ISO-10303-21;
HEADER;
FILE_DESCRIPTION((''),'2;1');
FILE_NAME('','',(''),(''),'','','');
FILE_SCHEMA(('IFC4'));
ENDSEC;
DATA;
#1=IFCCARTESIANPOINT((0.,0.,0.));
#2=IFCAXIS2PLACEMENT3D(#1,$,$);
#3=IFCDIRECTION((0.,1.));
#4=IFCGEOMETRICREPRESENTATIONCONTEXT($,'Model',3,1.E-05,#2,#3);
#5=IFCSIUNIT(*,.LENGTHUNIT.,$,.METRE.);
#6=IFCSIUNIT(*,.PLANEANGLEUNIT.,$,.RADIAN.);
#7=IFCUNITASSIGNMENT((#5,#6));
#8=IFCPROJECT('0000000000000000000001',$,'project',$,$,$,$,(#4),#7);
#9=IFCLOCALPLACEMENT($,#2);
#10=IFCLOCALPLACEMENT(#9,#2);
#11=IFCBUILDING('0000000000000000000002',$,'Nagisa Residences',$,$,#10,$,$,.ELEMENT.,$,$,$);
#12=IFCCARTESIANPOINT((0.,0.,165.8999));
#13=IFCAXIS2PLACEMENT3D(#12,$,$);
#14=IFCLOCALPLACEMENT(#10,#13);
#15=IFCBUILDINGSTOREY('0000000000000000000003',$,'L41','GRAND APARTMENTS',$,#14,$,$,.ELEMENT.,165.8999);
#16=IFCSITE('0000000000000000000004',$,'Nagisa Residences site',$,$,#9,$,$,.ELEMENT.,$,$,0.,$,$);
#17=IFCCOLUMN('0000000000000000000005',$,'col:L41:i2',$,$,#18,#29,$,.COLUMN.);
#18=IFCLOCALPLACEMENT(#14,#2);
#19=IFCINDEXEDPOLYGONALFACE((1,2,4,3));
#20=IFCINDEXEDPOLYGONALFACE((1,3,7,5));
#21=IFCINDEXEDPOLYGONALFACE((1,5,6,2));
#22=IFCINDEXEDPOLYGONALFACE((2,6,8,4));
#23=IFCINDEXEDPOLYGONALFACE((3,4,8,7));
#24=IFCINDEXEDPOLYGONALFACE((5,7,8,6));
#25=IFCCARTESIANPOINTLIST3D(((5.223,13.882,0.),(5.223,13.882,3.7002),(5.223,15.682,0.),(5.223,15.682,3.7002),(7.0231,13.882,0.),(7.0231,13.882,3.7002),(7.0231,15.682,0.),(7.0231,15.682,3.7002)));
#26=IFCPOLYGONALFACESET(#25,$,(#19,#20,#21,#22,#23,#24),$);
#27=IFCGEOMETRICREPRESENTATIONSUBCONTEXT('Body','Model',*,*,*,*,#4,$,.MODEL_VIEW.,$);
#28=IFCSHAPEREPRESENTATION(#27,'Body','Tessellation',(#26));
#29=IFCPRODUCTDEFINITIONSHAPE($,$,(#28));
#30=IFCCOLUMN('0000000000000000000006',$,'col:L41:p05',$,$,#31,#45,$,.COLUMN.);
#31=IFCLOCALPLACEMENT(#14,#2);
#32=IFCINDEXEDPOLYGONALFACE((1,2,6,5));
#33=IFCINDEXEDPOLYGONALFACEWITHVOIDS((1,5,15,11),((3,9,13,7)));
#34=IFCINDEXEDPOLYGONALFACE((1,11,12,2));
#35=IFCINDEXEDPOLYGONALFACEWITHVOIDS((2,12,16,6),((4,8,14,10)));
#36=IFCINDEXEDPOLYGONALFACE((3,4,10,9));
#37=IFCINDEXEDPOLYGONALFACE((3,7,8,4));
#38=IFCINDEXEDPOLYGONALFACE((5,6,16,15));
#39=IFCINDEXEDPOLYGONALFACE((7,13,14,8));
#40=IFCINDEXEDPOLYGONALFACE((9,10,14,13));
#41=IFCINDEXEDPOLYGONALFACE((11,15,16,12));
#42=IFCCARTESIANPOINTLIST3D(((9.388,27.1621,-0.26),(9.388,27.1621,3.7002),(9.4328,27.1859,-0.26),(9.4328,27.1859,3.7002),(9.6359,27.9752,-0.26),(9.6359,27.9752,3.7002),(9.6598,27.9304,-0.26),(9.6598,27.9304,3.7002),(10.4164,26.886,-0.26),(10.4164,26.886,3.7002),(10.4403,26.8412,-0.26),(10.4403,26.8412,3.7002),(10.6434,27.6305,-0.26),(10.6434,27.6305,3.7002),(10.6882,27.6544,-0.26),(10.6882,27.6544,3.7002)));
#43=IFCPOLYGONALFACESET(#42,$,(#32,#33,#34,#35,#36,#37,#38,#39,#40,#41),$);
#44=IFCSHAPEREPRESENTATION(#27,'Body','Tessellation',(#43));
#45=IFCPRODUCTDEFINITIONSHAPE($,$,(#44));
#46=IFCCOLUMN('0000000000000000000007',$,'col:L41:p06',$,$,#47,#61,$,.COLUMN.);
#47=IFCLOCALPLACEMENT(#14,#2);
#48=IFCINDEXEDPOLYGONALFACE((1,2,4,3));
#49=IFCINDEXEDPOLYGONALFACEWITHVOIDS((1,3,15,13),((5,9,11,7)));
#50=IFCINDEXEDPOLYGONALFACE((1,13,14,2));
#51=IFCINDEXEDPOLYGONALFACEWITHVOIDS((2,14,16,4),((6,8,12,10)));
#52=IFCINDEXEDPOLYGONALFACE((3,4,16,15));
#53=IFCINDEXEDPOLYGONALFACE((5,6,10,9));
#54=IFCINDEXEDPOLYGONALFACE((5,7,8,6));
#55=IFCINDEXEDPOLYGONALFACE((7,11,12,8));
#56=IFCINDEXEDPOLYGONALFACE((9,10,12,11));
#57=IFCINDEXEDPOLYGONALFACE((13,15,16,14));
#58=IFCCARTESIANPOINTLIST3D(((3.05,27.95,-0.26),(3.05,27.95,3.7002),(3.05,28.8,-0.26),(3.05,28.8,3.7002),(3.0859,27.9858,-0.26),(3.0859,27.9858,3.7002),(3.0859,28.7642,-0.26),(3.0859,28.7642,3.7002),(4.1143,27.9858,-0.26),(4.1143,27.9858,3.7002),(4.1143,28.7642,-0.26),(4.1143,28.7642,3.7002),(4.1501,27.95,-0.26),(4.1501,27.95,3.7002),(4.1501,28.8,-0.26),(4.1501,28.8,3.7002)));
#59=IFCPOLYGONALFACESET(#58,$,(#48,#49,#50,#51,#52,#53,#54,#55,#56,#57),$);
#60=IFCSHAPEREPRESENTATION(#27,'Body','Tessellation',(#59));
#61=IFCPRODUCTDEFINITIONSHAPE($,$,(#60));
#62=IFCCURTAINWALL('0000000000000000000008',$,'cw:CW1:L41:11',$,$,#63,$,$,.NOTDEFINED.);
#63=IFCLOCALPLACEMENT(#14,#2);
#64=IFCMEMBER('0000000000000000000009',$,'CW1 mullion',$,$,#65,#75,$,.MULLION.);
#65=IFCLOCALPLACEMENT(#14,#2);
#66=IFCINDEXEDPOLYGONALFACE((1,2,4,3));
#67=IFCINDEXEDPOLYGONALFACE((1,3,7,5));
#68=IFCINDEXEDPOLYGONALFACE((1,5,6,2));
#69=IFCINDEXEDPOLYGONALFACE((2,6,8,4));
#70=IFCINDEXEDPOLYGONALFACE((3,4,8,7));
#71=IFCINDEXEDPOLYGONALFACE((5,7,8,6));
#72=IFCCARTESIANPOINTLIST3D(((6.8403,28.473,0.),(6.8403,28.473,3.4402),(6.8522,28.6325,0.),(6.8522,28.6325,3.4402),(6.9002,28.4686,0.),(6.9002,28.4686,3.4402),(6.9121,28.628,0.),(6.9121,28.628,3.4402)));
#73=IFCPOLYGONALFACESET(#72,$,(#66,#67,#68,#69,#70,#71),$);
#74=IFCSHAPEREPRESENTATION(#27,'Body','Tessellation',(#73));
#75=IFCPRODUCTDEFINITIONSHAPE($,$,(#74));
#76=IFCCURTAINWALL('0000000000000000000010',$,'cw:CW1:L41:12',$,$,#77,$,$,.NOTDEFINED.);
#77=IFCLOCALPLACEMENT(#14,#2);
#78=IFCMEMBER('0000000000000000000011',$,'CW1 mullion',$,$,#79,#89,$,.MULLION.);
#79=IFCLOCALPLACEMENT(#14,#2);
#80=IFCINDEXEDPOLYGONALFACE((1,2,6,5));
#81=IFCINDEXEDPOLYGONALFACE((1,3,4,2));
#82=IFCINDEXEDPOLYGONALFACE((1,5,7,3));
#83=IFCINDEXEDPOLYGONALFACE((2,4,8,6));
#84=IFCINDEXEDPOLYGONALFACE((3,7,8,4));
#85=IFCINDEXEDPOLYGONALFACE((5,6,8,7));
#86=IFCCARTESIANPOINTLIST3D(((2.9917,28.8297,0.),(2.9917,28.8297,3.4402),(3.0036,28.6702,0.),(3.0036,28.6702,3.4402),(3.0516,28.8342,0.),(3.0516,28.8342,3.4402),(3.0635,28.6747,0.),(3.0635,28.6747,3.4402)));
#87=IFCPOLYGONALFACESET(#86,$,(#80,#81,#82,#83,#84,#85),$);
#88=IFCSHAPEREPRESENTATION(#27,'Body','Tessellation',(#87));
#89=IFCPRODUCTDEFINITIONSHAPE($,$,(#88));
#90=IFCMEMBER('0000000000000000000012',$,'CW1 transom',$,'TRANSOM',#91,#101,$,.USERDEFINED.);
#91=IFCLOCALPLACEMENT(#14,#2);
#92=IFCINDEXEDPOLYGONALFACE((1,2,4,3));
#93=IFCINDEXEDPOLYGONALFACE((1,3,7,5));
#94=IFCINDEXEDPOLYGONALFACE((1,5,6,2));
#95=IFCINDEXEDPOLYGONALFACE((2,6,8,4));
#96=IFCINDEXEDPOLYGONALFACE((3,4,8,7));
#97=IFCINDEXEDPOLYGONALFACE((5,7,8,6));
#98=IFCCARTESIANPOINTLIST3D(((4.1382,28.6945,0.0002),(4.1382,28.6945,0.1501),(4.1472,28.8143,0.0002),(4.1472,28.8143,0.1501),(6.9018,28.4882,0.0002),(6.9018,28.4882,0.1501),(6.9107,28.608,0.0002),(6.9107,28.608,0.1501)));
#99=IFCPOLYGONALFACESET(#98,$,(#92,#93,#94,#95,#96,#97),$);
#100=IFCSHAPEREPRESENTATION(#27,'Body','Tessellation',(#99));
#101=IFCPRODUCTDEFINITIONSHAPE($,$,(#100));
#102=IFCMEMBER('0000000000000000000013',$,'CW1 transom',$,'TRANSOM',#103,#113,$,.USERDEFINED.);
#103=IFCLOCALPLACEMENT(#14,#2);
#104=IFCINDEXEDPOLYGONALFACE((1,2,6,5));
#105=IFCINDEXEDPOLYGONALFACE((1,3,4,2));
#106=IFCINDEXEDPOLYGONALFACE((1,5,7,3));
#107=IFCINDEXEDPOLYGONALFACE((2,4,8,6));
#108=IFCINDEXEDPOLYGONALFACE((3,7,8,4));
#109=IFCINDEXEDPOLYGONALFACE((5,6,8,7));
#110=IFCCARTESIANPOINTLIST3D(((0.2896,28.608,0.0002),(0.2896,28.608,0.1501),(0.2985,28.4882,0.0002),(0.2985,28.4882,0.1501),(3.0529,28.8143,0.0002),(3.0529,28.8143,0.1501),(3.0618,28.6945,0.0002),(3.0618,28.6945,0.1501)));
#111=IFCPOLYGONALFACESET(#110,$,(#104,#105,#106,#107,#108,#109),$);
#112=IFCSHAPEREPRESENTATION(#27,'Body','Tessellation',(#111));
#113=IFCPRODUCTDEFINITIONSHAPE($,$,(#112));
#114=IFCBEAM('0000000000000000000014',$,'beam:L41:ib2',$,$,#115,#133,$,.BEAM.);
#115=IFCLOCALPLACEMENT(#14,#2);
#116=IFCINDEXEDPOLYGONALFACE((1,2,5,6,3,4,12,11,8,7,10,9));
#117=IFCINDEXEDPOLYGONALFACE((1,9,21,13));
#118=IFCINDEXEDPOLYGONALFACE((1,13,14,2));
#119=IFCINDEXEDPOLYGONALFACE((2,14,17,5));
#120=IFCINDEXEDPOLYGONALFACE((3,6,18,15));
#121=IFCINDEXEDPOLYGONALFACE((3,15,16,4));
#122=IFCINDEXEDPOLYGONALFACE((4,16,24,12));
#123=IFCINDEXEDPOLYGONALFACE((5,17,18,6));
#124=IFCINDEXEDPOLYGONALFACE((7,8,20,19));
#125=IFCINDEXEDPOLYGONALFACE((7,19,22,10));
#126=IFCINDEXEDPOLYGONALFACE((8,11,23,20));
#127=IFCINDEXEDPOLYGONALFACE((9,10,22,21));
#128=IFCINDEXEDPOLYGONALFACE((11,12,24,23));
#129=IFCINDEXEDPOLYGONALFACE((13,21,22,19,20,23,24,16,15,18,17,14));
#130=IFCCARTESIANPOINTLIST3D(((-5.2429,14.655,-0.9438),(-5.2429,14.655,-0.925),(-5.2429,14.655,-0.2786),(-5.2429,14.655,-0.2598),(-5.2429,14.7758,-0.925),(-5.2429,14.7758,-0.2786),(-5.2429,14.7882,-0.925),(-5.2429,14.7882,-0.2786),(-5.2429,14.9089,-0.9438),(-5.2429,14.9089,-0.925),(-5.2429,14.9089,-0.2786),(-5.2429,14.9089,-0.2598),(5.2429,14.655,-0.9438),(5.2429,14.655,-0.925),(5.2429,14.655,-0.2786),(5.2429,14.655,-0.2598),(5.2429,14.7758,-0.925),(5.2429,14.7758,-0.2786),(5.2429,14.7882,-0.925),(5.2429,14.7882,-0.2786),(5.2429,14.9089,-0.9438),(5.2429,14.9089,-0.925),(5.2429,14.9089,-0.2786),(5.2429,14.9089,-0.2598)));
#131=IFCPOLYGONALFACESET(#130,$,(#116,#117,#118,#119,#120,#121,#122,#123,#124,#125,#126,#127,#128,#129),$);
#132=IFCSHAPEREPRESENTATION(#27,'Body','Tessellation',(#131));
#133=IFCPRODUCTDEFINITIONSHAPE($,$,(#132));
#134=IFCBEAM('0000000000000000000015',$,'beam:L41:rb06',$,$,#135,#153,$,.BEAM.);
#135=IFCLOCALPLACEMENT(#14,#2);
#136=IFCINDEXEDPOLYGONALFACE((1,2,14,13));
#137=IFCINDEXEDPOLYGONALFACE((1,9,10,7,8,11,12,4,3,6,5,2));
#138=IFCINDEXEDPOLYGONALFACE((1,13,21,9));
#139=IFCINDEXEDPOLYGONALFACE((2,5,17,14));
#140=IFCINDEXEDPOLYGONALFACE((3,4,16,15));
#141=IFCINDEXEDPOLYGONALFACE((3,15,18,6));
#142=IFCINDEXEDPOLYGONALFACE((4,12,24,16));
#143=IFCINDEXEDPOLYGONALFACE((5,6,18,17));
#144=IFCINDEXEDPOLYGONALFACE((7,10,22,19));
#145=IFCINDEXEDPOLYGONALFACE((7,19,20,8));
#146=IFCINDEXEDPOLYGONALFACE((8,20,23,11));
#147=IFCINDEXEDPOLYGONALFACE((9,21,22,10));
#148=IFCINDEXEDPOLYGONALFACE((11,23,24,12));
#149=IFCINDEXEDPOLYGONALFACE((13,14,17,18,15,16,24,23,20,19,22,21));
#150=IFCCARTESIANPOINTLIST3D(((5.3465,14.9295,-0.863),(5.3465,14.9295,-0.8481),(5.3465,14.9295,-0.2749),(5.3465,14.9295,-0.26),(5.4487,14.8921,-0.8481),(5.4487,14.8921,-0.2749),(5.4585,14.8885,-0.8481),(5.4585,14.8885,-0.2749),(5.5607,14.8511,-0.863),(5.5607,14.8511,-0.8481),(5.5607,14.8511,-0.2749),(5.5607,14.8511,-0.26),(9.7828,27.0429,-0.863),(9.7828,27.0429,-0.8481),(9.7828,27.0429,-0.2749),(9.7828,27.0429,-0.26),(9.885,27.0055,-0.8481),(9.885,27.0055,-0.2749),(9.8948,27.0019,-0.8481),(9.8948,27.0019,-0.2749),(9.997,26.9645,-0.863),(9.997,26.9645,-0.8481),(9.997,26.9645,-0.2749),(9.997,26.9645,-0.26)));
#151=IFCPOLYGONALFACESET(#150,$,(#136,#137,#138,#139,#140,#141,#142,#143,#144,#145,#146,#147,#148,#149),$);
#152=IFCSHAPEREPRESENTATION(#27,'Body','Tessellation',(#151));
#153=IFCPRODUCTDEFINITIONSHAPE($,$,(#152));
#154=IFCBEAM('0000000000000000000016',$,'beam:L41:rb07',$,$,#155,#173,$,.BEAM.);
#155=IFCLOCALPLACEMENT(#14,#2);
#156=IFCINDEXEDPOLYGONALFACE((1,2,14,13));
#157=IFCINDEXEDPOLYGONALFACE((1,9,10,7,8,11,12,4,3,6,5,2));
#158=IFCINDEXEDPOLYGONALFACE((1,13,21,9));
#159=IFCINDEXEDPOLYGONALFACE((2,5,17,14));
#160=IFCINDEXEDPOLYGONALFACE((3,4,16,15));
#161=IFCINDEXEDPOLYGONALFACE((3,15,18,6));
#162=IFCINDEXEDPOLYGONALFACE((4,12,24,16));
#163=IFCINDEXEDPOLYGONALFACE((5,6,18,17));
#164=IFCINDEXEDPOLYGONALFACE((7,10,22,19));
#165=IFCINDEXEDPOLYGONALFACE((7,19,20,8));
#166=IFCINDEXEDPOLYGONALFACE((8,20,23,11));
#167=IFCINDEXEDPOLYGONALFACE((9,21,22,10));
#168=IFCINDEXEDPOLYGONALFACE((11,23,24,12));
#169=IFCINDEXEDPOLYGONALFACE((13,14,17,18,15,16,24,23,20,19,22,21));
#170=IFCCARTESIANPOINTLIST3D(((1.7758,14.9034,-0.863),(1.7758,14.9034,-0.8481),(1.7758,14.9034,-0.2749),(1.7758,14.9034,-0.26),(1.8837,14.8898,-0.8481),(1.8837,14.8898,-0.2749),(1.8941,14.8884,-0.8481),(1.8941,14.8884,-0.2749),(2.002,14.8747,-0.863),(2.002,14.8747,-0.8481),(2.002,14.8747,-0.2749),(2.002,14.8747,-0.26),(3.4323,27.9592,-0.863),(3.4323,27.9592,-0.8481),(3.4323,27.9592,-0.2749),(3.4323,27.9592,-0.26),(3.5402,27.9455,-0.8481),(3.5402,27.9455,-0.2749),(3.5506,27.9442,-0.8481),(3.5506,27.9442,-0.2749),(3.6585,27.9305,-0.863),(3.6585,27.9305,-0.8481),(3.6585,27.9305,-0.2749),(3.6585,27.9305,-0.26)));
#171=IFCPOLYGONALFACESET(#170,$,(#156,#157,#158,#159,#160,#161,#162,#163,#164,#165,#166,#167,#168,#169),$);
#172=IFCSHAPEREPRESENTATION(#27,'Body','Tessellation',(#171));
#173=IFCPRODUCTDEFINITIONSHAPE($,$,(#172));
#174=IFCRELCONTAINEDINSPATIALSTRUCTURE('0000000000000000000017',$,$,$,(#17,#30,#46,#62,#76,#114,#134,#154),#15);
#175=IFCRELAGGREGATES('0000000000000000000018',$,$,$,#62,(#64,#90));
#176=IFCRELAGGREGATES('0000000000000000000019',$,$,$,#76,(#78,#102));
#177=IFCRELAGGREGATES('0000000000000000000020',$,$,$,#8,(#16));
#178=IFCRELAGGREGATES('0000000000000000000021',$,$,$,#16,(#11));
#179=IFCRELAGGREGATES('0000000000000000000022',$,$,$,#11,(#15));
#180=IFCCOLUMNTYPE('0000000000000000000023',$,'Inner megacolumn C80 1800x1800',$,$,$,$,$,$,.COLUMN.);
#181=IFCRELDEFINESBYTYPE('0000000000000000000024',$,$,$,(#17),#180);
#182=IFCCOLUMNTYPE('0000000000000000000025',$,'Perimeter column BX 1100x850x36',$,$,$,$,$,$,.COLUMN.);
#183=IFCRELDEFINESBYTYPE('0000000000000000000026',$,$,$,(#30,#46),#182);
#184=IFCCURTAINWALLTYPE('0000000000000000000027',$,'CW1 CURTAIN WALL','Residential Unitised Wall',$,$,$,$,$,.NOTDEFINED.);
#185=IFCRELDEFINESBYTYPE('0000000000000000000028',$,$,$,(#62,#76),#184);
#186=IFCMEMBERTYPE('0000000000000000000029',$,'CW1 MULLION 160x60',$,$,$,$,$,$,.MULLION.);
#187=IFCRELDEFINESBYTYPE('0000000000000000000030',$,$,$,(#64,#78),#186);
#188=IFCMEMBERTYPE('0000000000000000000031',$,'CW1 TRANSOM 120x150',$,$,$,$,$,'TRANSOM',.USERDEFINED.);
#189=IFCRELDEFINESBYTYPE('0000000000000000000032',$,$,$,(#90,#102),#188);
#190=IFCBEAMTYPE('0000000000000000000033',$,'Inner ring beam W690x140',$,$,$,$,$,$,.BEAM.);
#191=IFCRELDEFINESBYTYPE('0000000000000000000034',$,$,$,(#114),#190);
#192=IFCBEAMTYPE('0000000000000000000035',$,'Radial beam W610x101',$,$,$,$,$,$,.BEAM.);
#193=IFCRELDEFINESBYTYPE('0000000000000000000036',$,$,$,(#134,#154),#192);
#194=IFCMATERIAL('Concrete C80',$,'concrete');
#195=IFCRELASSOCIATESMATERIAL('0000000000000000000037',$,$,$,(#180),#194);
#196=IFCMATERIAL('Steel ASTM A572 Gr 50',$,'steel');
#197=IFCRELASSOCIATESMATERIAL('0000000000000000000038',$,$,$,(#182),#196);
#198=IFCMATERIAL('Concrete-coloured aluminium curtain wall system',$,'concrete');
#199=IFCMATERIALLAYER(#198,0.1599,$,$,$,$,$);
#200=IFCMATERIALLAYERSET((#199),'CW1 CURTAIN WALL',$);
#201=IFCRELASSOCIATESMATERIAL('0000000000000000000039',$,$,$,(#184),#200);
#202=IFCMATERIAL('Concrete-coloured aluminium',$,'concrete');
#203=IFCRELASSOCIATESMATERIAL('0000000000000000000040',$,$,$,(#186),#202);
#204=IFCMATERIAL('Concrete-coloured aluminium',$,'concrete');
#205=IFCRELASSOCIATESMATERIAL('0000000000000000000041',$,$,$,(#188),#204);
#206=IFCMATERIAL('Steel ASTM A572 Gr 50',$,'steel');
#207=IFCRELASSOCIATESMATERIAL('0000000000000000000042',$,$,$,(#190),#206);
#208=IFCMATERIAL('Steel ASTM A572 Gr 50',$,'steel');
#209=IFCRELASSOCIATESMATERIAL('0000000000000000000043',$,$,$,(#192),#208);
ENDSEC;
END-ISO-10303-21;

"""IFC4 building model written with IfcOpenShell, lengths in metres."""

from ifc_helpers import new_model, si_unit, direction, frame, origin, origin_2d, place, context, subcontext, project, spatial, rectangle, hollow_rectangle, i_section, extrude, material, layer, layer_set, material_profile, profile_set, type_object, element, aggregate, save


model = new_model("IFC4")

# Units and contexts
model_context = context("Model", 3, precision=1e-05, world=origin(), true_north=direction((0.0, 1.0)))
body_context = subcontext(model_context, "Body", "Model", "MODEL_VIEW")
ifc_project = project(units=[si_unit("LENGTHUNIT", "METRE"), si_unit("PLANEANGLEUNIT", "RADIAN")], contexts=[model_context])

# Site, building, storey
site_placement = place(None, origin())
site = spatial("IfcSite", under=ifc_project, at=site_placement, Name="Nagisa Residences site", CompositionType="ELEMENT", RefElevation=0.0)
building_placement = place(site_placement, origin())
building = spatial("IfcBuilding", under=site, at=building_placement, Name="Nagisa Residences", CompositionType="ELEMENT")
storey_placement = place(building_placement, frame((0.0, 0.0, 165.8999)))
storey = spatial("IfcBuildingStorey", under=building, at=storey_placement, Name="L41", Description="GRAND APARTMENTS", CompositionType="ELEMENT", Elevation=165.8999)

# Columns
ifc_material_1 = material(Name="Concrete C80", Category="concrete")
ifc_material_profile_1 = material_profile(ifc_material_1, rectangle(XDim=1.8, YDim=1.8, at=origin_2d()), Name="C80 1800x1800")
ifc_profile_set_1 = profile_set([ifc_material_profile_1], Name="Concrete C80")
column_type_1 = type_object("IfcColumnType", Name="Inner megacolumn C80 1800x1800", PredefinedType="COLUMN", material=ifc_profile_set_1)
column_placement = place(storey_placement, frame((6.123, 14.782, 0.0), z_axis=(0.0, 0.0, 1.0), x_axis=(1.0, 0.0, 0.0)))
element("IfcColumn", 1, at=column_placement, inside=storey, type_object=column_type_1, Name="col:L41:i2", PredefinedType="COLUMN", context=body_context, shape_type="SweptSolid", body=[
    extrude(rectangle(XDim=1.8, YDim=1.8, at=origin_2d()), origin(), (0.0, 0.0, 1.0), 3.7002),
])
ifc_material_2 = material(Name="Steel ASTM A572 Gr 50", Category="steel")
ifc_material_profile_2 = material_profile(ifc_material_2, hollow_rectangle(XDim=1.1001, YDim=0.8501, WallThickness=0.0359, at=origin_2d()), Name="BX 1100x850x36")
ifc_profile_set_2 = profile_set([ifc_material_profile_2], Name="Steel ASTM A572 Gr 50")
column_type_2 = type_object("IfcColumnType", Name="Perimeter column BX 1100x850x36", PredefinedType="COLUMN", material=ifc_profile_set_2)
for number, where, z_axis, x_axis, name in (
    (2, (10.0381, 27.4082, -0.26), (0.0, 0.0, 1.0), (-0.956525, 0.291652, 0.0), "col:L41:p05"),
    (3, (3.6001, 28.375, -0.26), (0.0, 0.0, 1.0), (-1.0, 0.0, 0.0), "col:L41:p06"),
):
    element("IfcColumn", number, at=place(storey_placement, frame(where, z_axis=z_axis, x_axis=x_axis)), inside=storey, type_object=column_type_2, Name=name, PredefinedType="COLUMN", context=body_context, shape_type="SweptSolid", body=[
        extrude(hollow_rectangle(XDim=1.1001, YDim=0.8501, WallThickness=0.0359, at=origin_2d()), origin(), (0.0, 0.0, 1.0), 3.9602),
    ])

# Curtain walls, members
ifc_material_3 = material(Name="Concrete-coloured aluminium curtain wall system", Category="concrete")
ifc_layer_1 = layer(ifc_material_3, 0.1599)
ifc_layer_set_1 = layer_set([ifc_layer_1], Name="CW1 CURTAIN WALL")
curtain_wall_type = type_object("IfcCurtainWallType", Name="CW1 CURTAIN WALL", Description="Residential Unitised Wall", PredefinedType="NOTDEFINED", material=ifc_layer_set_1)
curtain_wall_1_placement = place(storey_placement, origin())
curtain_wall_1 = element("IfcCurtainWall", 4, at=curtain_wall_1_placement, inside=storey, type_object=curtain_wall_type, Name="cw:CW1:L41:11", PredefinedType="NOTDEFINED")
ifc_material_4 = material(Name="Concrete-coloured aluminium", Category="concrete")
ifc_material_profile_3 = material_profile(ifc_material_4, rectangle(XDim=0.1599, YDim=0.0601, at=origin_2d()), Name="CW1 MULLION 160x60")
ifc_profile_set_3 = profile_set([ifc_material_profile_3], Name="Concrete-coloured aluminium")
member_type_1 = type_object("IfcMemberType", Name="CW1 MULLION 160x60", PredefinedType="MULLION", material=ifc_profile_set_3)
member_1_placement = place(storey_placement, frame((6.8762, 28.5505, 0.0), z_axis=(0.0, 0.0, 1.0), x_axis=(-0.074377, -0.99723, 0.0)))
member_1 = element("IfcMember", 5, at=member_1_placement, type_object=member_type_1, Name="CW1 mullion", PredefinedType="MULLION", context=body_context, shape_type="SweptSolid", body=[
    extrude(rectangle(XDim=0.1599, YDim=0.0601, at=origin_2d()), origin(), (0.0, 0.0, 1.0), 3.4402),
])
curtain_wall_2_placement = place(storey_placement, origin())
curtain_wall_2 = element("IfcCurtainWall", 6, at=curtain_wall_2_placement, inside=storey, type_object=curtain_wall_type, Name="cw:CW1:L41:12", PredefinedType="NOTDEFINED")
member_2_placement = place(storey_placement, frame((3.0276, 28.7522, 0.0), z_axis=(0.0, 0.0, 1.0), x_axis=(0.074377, -0.99723, 0.0)))
member_2 = element("IfcMember", 7, at=member_2_placement, type_object=member_type_1, Name="CW1 mullion", PredefinedType="MULLION", context=body_context, shape_type="SweptSolid", body=[
    extrude(rectangle(XDim=0.1599, YDim=0.0601, at=origin_2d()), origin(), (0.0, 0.0, 1.0), 3.4402),
])

# Members
ifc_material_5 = material(Name="Concrete-coloured aluminium", Category="concrete")
ifc_material_profile_4 = material_profile(ifc_material_5, rectangle(XDim=0.1201, YDim=0.1499, at=origin_2d()), Name="CW1 TRANSOM 120x150")
ifc_profile_set_4 = profile_set([ifc_material_profile_4], Name="Concrete-coloured aluminium")
member_type_2 = type_object("IfcMemberType", Name="CW1 TRANSOM 120x150", ElementType="TRANSOM", PredefinedType="USERDEFINED", material=ifc_profile_set_4)
member_3_placement = place(storey_placement, frame((6.9062, 28.5481, 0.0752), z_axis=(-0.997226, 0.07444, 0.0), x_axis=(-0.07444, -0.997226, 0.0)))
member_3 = element("IfcMember", 8, at=member_3_placement, type_object=member_type_2, Name="CW1 transom", ObjectType="TRANSOM", PredefinedType="USERDEFINED", context=body_context, shape_type="SweptSolid", body=[
    extrude(rectangle(XDim=0.1201, YDim=0.1499, at=origin_2d()), origin(), (0.0, 0.0, 1.0), 2.7712),
])
member_4_placement = place(storey_placement, frame((3.0574, 28.7544, 0.0752), z_axis=(-0.997225, -0.074446, 0.0), x_axis=(0.074446, -0.997225, 0.0)))
member_4 = element("IfcMember", 9, at=member_4_placement, type_object=member_type_2, Name="CW1 transom", ObjectType="TRANSOM", PredefinedType="USERDEFINED", context=body_context, shape_type="SweptSolid", body=[
    extrude(rectangle(XDim=0.1201, YDim=0.1499, at=origin_2d()), origin(), (0.0, 0.0, 1.0), 2.771),
])

# Beams
ifc_material_6 = material(Name="Steel ASTM A572 Gr 50", Category="steel")
ifc_material_profile_5 = material_profile(ifc_material_6, i_section(OverallWidth=0.2539, OverallDepth=0.6841, WebThickness=0.0125, FlangeThickness=0.0188, at=origin_2d()), Name="W690x140")
ifc_profile_set_5 = profile_set([ifc_material_profile_5], Name="Steel ASTM A572 Gr 50")
beam_type_1 = type_object("IfcBeamType", Name="Inner ring beam W690x140", PredefinedType="BEAM", material=ifc_profile_set_5)
beam_1_placement = place(storey_placement, frame((5.2429, 14.782, -0.6018), z_axis=(-1.0, 0.0, 0.0), x_axis=(0.0, -1.0, 0.0)))
element("IfcBeam", 10, at=beam_1_placement, inside=storey, type_object=beam_type_1, Name="beam:L41:ib2", PredefinedType="BEAM", context=body_context, shape_type="SweptSolid", body=[
    extrude(i_section(OverallWidth=0.2539, OverallDepth=0.6841, WebThickness=0.0125, FlangeThickness=0.0188, at=origin_2d()), origin(), (0.0, 0.0, 1.0), 10.4858),
])
ifc_material_7 = material(Name="Steel ASTM A572 Gr 50", Category="steel")
ifc_material_profile_6 = material_profile(ifc_material_7, i_section(OverallWidth=0.228, OverallDepth=0.603, WebThickness=0.0105, FlangeThickness=0.0149, at=origin_2d()), Name="W610x101")
ifc_profile_set_6 = profile_set([ifc_material_profile_6], Name="Steel ASTM A572 Gr 50")
beam_type_2 = type_object("IfcBeamType", Name="Radial beam W610x101", PredefinedType="BEAM", material=ifc_profile_set_6)
beam_2_placement = place(storey_placement, frame((9.8899, 27.0037, -0.5615), z_axis=(-0.343895, -0.939008, 0.0), x_axis=(0.939008, -0.343895, 0.0)))
element("IfcBeam", 11, at=beam_2_placement, inside=storey, type_object=beam_type_2, Name="beam:L41:rb06", PredefinedType="BEAM", context=body_context, shape_type="SweptSolid", body=[
    extrude(i_section(OverallWidth=0.228, OverallDepth=0.603, WebThickness=0.0105, FlangeThickness=0.0149, at=origin_2d()), origin(), (0.0, 0.0, 1.0), 12.9001),
])
beam_3_placement = place(storey_placement, frame((3.5454, 27.9448, -0.5615), z_axis=(-0.12587, -0.992047, 0.0), x_axis=(0.992047, -0.12587, 0.0)))
element("IfcBeam", 12, at=beam_3_placement, inside=storey, type_object=beam_type_2, Name="beam:L41:rb07", PredefinedType="BEAM", context=body_context, shape_type="SweptSolid", body=[
    extrude(i_section(OverallWidth=0.228, OverallDepth=0.603, WebThickness=0.0105, FlangeThickness=0.0149, at=origin_2d()), origin(), (0.0, 0.0, 1.0), 13.1604),
])

aggregate(curtain_wall_1, [member_1, member_3])
aggregate(curtain_wall_2, [member_2, member_4])

save(model, "model.ifc")
